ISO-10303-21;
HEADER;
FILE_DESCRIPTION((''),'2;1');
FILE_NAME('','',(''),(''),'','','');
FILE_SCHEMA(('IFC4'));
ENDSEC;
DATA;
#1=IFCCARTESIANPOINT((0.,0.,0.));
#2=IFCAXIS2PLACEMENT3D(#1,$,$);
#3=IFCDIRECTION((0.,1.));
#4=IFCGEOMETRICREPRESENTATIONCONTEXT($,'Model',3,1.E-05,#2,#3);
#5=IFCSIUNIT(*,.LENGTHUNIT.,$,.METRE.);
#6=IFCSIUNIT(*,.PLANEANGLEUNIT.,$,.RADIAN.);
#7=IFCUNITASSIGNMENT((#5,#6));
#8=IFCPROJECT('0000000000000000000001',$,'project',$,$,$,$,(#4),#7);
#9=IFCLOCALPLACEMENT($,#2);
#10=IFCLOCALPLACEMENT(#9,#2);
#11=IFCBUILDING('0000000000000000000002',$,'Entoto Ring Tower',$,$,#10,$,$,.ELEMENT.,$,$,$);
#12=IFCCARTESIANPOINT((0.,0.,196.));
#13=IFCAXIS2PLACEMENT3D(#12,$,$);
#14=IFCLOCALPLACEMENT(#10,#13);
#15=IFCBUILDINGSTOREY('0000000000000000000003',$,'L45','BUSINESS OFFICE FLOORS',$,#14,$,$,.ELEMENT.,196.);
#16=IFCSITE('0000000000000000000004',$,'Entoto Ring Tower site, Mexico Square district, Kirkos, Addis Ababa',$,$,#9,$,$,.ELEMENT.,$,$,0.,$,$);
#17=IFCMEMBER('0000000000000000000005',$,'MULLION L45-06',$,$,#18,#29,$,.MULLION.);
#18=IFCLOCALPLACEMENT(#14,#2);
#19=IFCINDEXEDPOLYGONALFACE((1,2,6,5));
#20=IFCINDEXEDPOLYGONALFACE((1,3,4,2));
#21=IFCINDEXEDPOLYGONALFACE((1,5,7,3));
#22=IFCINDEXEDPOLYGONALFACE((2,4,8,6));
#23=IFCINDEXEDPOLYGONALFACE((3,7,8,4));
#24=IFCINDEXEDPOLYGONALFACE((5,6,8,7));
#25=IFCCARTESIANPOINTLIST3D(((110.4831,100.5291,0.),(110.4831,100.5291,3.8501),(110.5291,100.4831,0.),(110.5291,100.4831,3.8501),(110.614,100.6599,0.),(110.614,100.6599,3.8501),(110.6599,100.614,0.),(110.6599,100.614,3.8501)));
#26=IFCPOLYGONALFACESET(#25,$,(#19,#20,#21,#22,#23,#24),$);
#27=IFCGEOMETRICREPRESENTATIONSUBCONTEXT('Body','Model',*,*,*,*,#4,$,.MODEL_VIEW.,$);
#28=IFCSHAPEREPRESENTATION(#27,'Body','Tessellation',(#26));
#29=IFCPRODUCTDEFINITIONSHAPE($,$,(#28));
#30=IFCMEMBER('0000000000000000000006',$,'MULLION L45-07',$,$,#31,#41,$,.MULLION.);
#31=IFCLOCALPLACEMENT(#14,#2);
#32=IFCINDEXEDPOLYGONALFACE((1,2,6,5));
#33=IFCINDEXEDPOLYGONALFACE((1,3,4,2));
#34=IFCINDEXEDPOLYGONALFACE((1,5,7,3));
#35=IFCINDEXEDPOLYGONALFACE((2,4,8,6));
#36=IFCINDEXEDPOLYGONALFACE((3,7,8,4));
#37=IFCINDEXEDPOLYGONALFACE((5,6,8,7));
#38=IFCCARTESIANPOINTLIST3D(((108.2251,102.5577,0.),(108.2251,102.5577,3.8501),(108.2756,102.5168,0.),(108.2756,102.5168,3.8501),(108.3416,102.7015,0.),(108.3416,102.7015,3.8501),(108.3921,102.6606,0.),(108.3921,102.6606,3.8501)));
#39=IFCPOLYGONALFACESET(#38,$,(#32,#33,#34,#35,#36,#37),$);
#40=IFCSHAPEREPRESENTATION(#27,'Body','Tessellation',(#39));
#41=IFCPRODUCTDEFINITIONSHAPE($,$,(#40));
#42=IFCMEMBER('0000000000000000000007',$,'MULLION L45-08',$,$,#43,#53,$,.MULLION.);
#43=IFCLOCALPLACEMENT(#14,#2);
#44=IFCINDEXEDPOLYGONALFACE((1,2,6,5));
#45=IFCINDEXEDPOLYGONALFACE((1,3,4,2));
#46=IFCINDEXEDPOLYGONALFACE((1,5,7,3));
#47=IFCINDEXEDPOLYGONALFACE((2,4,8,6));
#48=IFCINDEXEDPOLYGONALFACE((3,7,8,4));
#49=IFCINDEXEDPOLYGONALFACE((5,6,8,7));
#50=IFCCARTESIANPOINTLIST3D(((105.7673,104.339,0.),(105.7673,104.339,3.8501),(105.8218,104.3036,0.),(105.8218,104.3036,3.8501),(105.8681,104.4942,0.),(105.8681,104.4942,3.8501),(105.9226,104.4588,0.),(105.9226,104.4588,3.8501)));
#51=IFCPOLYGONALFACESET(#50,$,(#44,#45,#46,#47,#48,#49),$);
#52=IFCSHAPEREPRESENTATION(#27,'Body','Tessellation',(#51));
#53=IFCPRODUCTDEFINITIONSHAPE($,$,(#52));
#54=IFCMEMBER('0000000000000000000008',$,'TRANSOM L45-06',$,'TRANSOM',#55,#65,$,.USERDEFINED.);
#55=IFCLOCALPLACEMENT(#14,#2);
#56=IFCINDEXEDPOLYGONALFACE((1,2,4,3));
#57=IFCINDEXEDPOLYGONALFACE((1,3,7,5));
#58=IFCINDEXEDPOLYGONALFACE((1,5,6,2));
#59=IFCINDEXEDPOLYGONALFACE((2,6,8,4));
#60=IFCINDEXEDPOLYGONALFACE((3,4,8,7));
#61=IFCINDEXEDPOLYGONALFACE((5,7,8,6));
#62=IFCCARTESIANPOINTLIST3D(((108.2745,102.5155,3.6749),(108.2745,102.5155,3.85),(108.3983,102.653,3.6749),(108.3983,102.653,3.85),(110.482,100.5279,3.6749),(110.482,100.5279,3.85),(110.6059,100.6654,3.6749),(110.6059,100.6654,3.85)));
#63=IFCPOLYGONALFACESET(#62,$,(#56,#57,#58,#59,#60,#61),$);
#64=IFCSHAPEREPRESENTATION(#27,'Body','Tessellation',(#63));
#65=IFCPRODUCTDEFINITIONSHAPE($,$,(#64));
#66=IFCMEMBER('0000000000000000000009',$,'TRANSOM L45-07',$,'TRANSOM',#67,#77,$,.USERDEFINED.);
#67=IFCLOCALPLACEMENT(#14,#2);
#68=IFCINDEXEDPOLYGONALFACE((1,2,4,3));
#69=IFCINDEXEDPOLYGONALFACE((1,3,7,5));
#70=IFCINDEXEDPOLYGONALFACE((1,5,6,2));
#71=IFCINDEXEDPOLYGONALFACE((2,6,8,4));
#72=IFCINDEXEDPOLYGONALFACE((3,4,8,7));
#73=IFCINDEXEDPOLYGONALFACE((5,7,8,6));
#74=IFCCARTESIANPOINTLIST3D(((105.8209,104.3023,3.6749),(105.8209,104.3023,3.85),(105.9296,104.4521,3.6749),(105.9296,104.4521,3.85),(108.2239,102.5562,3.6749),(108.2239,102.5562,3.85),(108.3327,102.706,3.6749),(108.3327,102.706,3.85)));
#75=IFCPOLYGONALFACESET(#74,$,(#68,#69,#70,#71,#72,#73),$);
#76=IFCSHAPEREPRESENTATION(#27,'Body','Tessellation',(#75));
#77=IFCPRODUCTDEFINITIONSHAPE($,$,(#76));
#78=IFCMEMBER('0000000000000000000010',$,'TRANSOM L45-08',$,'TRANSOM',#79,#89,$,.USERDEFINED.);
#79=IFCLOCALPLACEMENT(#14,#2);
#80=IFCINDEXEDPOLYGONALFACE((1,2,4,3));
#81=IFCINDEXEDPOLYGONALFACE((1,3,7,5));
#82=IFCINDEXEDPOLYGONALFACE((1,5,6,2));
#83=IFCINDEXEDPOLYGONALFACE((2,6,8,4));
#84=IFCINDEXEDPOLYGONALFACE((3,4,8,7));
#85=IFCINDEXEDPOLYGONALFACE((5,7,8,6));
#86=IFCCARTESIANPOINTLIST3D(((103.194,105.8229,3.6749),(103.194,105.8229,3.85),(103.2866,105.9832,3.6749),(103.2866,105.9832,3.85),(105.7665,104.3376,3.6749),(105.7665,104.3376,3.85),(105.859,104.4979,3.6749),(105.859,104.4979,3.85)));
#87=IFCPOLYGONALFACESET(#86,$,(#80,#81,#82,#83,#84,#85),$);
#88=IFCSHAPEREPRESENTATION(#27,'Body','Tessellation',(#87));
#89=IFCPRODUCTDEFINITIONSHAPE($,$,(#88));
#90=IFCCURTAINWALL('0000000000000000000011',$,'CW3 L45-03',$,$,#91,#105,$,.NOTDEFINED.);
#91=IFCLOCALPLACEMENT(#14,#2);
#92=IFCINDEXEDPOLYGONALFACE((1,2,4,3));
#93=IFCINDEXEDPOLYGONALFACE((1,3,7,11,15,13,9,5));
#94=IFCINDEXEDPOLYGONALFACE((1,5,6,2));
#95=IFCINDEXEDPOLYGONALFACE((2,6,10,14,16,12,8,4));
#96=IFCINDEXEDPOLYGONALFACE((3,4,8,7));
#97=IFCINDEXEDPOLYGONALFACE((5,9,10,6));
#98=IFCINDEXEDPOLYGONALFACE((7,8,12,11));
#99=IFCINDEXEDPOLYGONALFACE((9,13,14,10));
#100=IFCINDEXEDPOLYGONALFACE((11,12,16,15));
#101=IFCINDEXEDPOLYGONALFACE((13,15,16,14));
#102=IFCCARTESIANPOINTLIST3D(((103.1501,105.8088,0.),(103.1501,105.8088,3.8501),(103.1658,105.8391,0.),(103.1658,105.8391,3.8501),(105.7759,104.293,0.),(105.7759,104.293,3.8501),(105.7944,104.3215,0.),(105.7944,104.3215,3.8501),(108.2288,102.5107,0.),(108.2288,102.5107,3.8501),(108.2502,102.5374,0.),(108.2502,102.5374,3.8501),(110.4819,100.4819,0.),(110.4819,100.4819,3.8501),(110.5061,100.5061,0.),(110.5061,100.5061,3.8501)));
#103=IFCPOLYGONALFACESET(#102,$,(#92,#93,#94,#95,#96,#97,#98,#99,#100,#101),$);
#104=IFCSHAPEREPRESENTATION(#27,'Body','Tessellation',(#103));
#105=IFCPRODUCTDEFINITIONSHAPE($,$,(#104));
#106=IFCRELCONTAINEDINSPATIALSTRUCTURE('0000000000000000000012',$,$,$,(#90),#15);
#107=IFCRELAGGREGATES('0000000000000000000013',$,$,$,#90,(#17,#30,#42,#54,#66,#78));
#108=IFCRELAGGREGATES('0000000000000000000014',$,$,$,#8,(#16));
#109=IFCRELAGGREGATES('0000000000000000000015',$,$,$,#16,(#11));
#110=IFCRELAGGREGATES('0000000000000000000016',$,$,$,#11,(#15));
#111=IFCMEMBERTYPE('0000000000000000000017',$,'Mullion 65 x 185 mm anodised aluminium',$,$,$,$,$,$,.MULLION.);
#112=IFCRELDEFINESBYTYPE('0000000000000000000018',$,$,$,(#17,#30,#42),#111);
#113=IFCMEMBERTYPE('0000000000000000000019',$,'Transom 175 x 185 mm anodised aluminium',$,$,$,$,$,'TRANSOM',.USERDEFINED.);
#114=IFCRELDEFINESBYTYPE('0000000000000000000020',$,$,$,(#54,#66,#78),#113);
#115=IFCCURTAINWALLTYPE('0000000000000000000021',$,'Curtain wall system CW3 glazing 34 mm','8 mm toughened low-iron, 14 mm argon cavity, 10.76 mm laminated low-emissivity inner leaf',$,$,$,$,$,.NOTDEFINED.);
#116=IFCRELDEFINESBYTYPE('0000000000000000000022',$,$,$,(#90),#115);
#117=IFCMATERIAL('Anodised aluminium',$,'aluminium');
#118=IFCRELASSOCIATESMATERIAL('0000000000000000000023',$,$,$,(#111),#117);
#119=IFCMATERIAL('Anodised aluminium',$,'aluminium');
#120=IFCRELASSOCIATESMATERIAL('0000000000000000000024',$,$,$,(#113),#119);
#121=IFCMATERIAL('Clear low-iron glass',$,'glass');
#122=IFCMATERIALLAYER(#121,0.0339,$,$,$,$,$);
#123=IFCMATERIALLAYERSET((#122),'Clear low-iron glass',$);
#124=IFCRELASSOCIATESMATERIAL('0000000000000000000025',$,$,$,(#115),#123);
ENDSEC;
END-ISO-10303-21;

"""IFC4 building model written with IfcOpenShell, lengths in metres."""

from ifc_helpers import new_model, si_unit, direction, frame, origin, origin_2d, place, context, subcontext, project, spatial, polyline, rectangle, outline, extrude, material, layer, layer_set, material_profile, profile_set, type_object, element, aggregate, save


model = new_model("IFC4")

# Units and contexts
model_context = context("Model", 3, precision=1e-05, world=origin(), true_north=direction((0.0, 1.0)))
body_context = subcontext(model_context, "Body", "Model", "MODEL_VIEW")
ifc_project = project(units=[si_unit("LENGTHUNIT", "METRE"), si_unit("PLANEANGLEUNIT", "RADIAN")], contexts=[model_context])

# Members
ifc_material_1 = material(Name="Anodised aluminium", Category="aluminium")
ifc_material_profile_1 = material_profile(ifc_material_1, rectangle(XDim=0.0649, YDim=0.1851, at=origin_2d()), Name="Mullion 65 x 185 mm anodised aluminium")
ifc_profile_set_1 = profile_set([ifc_material_profile_1], Name="Anodised aluminium")
member_type_1 = type_object("IfcMemberType", Name="Mullion 65 x 185 mm anodised aluminium", PredefinedType="MULLION", material=ifc_profile_set_1)
site_placement = place(None, origin())
building_placement = place(site_placement, origin())
storey_placement = place(building_placement, frame((0.0, 0.0, 196.0)))
member_1_placement = place(storey_placement, frame((110.5715, 100.5715, 0.0), z_axis=(0.0, 0.0, 1.0), x_axis=(-0.707107, 0.707107, 0.0)))
member_1 = element("IfcMember", 1, at=member_1_placement, type_object=member_type_1, Name="MULLION L45-06", PredefinedType="MULLION", context=body_context, shape_type="SweptSolid", body=[
    extrude(rectangle(XDim=0.0649, YDim=0.1851, at=origin_2d()), origin(), (0.0, 0.0, 1.0), 3.8501),
])
member_2_placement = place(storey_placement, frame((108.3086, 102.6091, 0.0), z_axis=(0.0, 0.0, 1.0), x_axis=(-0.777146, 0.62932, 0.0)))
member_2 = element("IfcMember", 2, at=member_2_placement, type_object=member_type_1, Name="MULLION L45-07", PredefinedType="MULLION", context=body_context, shape_type="SweptSolid", body=[
    extrude(rectangle(XDim=0.0649, YDim=0.1851, at=origin_2d()), origin(), (0.0, 0.0, 1.0), 3.8501),
])
member_3_placement = place(storey_placement, frame((105.845, 104.3989, 0.0), z_axis=(0.0, 0.0, 1.0), x_axis=(-0.838671, 0.544639, 0.0)))
member_3 = element("IfcMember", 3, at=member_3_placement, type_object=member_type_1, Name="MULLION L45-08", PredefinedType="MULLION", context=body_context, shape_type="SweptSolid", body=[
    extrude(rectangle(XDim=0.0649, YDim=0.1851, at=origin_2d()), origin(), (0.0, 0.0, 1.0), 3.8501),
])
ifc_material_2 = material(Name="Anodised aluminium", Category="aluminium")
ifc_material_profile_2 = material_profile(ifc_material_2, rectangle(XDim=0.1851, YDim=0.175, at=origin_2d()), Name="Transom 175 x 185 mm anodised aluminium")
ifc_profile_set_2 = profile_set([ifc_material_profile_2], Name="Anodised aluminium")
member_type_2 = type_object("IfcMemberType", Name="Transom 175 x 185 mm anodised aluminium", ElementType="TRANSOM", PredefinedType="USERDEFINED", material=ifc_profile_set_2)
member_4_placement = place(storey_placement, frame((110.5439, 100.5967, 3.7625), z_axis=(-0.743163, 0.66911, 0.0), x_axis=(-0.66911, -0.743163, 0.0)))
member_4 = element("IfcMember", 4, at=member_4_placement, type_object=member_type_2, Name="TRANSOM L45-06", ObjectType="TRANSOM", PredefinedType="USERDEFINED", context=body_context, shape_type="SweptSolid", body=[
    extrude(rectangle(XDim=0.1851, YDim=0.175, at=origin_2d()), origin(), (0.0, 0.0, 1.0), 2.9705),
])
member_5_placement = place(storey_placement, frame((108.2783, 102.6311, 3.7625), z_axis=(-0.808992, 0.58782, 0.0), x_axis=(-0.58782, -0.808992, 0.0)))
member_5 = element("IfcMember", 5, at=member_5_placement, type_object=member_type_2, Name="TRANSOM L45-07", ObjectType="TRANSOM", PredefinedType="USERDEFINED", context=body_context, shape_type="SweptSolid", body=[
    extrude(rectangle(XDim=0.1851, YDim=0.175, at=origin_2d()), origin(), (0.0, 0.0, 1.0), 2.9705),
])
member_6_placement = place(storey_placement, frame((105.8127, 104.4177, 3.7625), z_axis=(-0.866009, 0.500028, 0.0), x_axis=(-0.500028, -0.866009, 0.0)))
member_6 = element("IfcMember", 6, at=member_6_placement, type_object=member_type_2, Name="TRANSOM L45-08", ObjectType="TRANSOM", PredefinedType="USERDEFINED", context=body_context, shape_type="SweptSolid", body=[
    extrude(rectangle(XDim=0.1851, YDim=0.175, at=origin_2d()), origin(), (0.0, 0.0, 1.0), 2.9705),
])

# Site, building, storey
site = spatial("IfcSite", under=ifc_project, at=site_placement, Name="Entoto Ring Tower site, Mexico Square district, Kirkos, Addis Ababa", CompositionType="ELEMENT", RefElevation=0.0)
building = spatial("IfcBuilding", under=site, at=building_placement, Name="Entoto Ring Tower", CompositionType="ELEMENT")
storey = spatial("IfcBuildingStorey", under=building, at=storey_placement, Name="L45", Description="BUSINESS OFFICE FLOORS", CompositionType="ELEMENT", Elevation=196.0)

# Curtain wall
ifc_material_3 = material(Name="Clear low-iron glass", Category="glass")
ifc_layer = layer(ifc_material_3, 0.0339)
ifc_layer_set = layer_set([ifc_layer], Name="Clear low-iron glass")
curtain_wall_type = type_object("IfcCurtainWallType", Name="Curtain wall system CW3 glazing 34 mm", Description="8 mm toughened low-iron, 14 mm argon cavity, 10.76 mm laminated low-emissivity inner leaf", PredefinedType="NOTDEFINED", material=ifc_layer_set)
curtain_wall_1_placement = place(storey_placement, origin())
curtain_wall_1 = element("IfcCurtainWall", 7, at=curtain_wall_1_placement, inside=storey, type_object=curtain_wall_type, Name="CW3 L45-03", PredefinedType="NOTDEFINED", context=body_context, shape_type="SweptSolid", body=[
    extrude(outline(polyline([(110.5061, 100.5061), (108.2502, 102.5374), (105.7944, 104.3215), (103.1658, 105.8391), (103.1501, 105.8088), (105.7759, 104.293), (108.2288, 102.5107), (110.4819, 100.4819), (110.5061, 100.5061)])), origin(), (0.0, 0.0, 1.0), 3.8501),
])
aggregate(curtain_wall_1, [member_1, member_2, member_3, member_4, member_5, member_6])

save(model, "model.ifc")
